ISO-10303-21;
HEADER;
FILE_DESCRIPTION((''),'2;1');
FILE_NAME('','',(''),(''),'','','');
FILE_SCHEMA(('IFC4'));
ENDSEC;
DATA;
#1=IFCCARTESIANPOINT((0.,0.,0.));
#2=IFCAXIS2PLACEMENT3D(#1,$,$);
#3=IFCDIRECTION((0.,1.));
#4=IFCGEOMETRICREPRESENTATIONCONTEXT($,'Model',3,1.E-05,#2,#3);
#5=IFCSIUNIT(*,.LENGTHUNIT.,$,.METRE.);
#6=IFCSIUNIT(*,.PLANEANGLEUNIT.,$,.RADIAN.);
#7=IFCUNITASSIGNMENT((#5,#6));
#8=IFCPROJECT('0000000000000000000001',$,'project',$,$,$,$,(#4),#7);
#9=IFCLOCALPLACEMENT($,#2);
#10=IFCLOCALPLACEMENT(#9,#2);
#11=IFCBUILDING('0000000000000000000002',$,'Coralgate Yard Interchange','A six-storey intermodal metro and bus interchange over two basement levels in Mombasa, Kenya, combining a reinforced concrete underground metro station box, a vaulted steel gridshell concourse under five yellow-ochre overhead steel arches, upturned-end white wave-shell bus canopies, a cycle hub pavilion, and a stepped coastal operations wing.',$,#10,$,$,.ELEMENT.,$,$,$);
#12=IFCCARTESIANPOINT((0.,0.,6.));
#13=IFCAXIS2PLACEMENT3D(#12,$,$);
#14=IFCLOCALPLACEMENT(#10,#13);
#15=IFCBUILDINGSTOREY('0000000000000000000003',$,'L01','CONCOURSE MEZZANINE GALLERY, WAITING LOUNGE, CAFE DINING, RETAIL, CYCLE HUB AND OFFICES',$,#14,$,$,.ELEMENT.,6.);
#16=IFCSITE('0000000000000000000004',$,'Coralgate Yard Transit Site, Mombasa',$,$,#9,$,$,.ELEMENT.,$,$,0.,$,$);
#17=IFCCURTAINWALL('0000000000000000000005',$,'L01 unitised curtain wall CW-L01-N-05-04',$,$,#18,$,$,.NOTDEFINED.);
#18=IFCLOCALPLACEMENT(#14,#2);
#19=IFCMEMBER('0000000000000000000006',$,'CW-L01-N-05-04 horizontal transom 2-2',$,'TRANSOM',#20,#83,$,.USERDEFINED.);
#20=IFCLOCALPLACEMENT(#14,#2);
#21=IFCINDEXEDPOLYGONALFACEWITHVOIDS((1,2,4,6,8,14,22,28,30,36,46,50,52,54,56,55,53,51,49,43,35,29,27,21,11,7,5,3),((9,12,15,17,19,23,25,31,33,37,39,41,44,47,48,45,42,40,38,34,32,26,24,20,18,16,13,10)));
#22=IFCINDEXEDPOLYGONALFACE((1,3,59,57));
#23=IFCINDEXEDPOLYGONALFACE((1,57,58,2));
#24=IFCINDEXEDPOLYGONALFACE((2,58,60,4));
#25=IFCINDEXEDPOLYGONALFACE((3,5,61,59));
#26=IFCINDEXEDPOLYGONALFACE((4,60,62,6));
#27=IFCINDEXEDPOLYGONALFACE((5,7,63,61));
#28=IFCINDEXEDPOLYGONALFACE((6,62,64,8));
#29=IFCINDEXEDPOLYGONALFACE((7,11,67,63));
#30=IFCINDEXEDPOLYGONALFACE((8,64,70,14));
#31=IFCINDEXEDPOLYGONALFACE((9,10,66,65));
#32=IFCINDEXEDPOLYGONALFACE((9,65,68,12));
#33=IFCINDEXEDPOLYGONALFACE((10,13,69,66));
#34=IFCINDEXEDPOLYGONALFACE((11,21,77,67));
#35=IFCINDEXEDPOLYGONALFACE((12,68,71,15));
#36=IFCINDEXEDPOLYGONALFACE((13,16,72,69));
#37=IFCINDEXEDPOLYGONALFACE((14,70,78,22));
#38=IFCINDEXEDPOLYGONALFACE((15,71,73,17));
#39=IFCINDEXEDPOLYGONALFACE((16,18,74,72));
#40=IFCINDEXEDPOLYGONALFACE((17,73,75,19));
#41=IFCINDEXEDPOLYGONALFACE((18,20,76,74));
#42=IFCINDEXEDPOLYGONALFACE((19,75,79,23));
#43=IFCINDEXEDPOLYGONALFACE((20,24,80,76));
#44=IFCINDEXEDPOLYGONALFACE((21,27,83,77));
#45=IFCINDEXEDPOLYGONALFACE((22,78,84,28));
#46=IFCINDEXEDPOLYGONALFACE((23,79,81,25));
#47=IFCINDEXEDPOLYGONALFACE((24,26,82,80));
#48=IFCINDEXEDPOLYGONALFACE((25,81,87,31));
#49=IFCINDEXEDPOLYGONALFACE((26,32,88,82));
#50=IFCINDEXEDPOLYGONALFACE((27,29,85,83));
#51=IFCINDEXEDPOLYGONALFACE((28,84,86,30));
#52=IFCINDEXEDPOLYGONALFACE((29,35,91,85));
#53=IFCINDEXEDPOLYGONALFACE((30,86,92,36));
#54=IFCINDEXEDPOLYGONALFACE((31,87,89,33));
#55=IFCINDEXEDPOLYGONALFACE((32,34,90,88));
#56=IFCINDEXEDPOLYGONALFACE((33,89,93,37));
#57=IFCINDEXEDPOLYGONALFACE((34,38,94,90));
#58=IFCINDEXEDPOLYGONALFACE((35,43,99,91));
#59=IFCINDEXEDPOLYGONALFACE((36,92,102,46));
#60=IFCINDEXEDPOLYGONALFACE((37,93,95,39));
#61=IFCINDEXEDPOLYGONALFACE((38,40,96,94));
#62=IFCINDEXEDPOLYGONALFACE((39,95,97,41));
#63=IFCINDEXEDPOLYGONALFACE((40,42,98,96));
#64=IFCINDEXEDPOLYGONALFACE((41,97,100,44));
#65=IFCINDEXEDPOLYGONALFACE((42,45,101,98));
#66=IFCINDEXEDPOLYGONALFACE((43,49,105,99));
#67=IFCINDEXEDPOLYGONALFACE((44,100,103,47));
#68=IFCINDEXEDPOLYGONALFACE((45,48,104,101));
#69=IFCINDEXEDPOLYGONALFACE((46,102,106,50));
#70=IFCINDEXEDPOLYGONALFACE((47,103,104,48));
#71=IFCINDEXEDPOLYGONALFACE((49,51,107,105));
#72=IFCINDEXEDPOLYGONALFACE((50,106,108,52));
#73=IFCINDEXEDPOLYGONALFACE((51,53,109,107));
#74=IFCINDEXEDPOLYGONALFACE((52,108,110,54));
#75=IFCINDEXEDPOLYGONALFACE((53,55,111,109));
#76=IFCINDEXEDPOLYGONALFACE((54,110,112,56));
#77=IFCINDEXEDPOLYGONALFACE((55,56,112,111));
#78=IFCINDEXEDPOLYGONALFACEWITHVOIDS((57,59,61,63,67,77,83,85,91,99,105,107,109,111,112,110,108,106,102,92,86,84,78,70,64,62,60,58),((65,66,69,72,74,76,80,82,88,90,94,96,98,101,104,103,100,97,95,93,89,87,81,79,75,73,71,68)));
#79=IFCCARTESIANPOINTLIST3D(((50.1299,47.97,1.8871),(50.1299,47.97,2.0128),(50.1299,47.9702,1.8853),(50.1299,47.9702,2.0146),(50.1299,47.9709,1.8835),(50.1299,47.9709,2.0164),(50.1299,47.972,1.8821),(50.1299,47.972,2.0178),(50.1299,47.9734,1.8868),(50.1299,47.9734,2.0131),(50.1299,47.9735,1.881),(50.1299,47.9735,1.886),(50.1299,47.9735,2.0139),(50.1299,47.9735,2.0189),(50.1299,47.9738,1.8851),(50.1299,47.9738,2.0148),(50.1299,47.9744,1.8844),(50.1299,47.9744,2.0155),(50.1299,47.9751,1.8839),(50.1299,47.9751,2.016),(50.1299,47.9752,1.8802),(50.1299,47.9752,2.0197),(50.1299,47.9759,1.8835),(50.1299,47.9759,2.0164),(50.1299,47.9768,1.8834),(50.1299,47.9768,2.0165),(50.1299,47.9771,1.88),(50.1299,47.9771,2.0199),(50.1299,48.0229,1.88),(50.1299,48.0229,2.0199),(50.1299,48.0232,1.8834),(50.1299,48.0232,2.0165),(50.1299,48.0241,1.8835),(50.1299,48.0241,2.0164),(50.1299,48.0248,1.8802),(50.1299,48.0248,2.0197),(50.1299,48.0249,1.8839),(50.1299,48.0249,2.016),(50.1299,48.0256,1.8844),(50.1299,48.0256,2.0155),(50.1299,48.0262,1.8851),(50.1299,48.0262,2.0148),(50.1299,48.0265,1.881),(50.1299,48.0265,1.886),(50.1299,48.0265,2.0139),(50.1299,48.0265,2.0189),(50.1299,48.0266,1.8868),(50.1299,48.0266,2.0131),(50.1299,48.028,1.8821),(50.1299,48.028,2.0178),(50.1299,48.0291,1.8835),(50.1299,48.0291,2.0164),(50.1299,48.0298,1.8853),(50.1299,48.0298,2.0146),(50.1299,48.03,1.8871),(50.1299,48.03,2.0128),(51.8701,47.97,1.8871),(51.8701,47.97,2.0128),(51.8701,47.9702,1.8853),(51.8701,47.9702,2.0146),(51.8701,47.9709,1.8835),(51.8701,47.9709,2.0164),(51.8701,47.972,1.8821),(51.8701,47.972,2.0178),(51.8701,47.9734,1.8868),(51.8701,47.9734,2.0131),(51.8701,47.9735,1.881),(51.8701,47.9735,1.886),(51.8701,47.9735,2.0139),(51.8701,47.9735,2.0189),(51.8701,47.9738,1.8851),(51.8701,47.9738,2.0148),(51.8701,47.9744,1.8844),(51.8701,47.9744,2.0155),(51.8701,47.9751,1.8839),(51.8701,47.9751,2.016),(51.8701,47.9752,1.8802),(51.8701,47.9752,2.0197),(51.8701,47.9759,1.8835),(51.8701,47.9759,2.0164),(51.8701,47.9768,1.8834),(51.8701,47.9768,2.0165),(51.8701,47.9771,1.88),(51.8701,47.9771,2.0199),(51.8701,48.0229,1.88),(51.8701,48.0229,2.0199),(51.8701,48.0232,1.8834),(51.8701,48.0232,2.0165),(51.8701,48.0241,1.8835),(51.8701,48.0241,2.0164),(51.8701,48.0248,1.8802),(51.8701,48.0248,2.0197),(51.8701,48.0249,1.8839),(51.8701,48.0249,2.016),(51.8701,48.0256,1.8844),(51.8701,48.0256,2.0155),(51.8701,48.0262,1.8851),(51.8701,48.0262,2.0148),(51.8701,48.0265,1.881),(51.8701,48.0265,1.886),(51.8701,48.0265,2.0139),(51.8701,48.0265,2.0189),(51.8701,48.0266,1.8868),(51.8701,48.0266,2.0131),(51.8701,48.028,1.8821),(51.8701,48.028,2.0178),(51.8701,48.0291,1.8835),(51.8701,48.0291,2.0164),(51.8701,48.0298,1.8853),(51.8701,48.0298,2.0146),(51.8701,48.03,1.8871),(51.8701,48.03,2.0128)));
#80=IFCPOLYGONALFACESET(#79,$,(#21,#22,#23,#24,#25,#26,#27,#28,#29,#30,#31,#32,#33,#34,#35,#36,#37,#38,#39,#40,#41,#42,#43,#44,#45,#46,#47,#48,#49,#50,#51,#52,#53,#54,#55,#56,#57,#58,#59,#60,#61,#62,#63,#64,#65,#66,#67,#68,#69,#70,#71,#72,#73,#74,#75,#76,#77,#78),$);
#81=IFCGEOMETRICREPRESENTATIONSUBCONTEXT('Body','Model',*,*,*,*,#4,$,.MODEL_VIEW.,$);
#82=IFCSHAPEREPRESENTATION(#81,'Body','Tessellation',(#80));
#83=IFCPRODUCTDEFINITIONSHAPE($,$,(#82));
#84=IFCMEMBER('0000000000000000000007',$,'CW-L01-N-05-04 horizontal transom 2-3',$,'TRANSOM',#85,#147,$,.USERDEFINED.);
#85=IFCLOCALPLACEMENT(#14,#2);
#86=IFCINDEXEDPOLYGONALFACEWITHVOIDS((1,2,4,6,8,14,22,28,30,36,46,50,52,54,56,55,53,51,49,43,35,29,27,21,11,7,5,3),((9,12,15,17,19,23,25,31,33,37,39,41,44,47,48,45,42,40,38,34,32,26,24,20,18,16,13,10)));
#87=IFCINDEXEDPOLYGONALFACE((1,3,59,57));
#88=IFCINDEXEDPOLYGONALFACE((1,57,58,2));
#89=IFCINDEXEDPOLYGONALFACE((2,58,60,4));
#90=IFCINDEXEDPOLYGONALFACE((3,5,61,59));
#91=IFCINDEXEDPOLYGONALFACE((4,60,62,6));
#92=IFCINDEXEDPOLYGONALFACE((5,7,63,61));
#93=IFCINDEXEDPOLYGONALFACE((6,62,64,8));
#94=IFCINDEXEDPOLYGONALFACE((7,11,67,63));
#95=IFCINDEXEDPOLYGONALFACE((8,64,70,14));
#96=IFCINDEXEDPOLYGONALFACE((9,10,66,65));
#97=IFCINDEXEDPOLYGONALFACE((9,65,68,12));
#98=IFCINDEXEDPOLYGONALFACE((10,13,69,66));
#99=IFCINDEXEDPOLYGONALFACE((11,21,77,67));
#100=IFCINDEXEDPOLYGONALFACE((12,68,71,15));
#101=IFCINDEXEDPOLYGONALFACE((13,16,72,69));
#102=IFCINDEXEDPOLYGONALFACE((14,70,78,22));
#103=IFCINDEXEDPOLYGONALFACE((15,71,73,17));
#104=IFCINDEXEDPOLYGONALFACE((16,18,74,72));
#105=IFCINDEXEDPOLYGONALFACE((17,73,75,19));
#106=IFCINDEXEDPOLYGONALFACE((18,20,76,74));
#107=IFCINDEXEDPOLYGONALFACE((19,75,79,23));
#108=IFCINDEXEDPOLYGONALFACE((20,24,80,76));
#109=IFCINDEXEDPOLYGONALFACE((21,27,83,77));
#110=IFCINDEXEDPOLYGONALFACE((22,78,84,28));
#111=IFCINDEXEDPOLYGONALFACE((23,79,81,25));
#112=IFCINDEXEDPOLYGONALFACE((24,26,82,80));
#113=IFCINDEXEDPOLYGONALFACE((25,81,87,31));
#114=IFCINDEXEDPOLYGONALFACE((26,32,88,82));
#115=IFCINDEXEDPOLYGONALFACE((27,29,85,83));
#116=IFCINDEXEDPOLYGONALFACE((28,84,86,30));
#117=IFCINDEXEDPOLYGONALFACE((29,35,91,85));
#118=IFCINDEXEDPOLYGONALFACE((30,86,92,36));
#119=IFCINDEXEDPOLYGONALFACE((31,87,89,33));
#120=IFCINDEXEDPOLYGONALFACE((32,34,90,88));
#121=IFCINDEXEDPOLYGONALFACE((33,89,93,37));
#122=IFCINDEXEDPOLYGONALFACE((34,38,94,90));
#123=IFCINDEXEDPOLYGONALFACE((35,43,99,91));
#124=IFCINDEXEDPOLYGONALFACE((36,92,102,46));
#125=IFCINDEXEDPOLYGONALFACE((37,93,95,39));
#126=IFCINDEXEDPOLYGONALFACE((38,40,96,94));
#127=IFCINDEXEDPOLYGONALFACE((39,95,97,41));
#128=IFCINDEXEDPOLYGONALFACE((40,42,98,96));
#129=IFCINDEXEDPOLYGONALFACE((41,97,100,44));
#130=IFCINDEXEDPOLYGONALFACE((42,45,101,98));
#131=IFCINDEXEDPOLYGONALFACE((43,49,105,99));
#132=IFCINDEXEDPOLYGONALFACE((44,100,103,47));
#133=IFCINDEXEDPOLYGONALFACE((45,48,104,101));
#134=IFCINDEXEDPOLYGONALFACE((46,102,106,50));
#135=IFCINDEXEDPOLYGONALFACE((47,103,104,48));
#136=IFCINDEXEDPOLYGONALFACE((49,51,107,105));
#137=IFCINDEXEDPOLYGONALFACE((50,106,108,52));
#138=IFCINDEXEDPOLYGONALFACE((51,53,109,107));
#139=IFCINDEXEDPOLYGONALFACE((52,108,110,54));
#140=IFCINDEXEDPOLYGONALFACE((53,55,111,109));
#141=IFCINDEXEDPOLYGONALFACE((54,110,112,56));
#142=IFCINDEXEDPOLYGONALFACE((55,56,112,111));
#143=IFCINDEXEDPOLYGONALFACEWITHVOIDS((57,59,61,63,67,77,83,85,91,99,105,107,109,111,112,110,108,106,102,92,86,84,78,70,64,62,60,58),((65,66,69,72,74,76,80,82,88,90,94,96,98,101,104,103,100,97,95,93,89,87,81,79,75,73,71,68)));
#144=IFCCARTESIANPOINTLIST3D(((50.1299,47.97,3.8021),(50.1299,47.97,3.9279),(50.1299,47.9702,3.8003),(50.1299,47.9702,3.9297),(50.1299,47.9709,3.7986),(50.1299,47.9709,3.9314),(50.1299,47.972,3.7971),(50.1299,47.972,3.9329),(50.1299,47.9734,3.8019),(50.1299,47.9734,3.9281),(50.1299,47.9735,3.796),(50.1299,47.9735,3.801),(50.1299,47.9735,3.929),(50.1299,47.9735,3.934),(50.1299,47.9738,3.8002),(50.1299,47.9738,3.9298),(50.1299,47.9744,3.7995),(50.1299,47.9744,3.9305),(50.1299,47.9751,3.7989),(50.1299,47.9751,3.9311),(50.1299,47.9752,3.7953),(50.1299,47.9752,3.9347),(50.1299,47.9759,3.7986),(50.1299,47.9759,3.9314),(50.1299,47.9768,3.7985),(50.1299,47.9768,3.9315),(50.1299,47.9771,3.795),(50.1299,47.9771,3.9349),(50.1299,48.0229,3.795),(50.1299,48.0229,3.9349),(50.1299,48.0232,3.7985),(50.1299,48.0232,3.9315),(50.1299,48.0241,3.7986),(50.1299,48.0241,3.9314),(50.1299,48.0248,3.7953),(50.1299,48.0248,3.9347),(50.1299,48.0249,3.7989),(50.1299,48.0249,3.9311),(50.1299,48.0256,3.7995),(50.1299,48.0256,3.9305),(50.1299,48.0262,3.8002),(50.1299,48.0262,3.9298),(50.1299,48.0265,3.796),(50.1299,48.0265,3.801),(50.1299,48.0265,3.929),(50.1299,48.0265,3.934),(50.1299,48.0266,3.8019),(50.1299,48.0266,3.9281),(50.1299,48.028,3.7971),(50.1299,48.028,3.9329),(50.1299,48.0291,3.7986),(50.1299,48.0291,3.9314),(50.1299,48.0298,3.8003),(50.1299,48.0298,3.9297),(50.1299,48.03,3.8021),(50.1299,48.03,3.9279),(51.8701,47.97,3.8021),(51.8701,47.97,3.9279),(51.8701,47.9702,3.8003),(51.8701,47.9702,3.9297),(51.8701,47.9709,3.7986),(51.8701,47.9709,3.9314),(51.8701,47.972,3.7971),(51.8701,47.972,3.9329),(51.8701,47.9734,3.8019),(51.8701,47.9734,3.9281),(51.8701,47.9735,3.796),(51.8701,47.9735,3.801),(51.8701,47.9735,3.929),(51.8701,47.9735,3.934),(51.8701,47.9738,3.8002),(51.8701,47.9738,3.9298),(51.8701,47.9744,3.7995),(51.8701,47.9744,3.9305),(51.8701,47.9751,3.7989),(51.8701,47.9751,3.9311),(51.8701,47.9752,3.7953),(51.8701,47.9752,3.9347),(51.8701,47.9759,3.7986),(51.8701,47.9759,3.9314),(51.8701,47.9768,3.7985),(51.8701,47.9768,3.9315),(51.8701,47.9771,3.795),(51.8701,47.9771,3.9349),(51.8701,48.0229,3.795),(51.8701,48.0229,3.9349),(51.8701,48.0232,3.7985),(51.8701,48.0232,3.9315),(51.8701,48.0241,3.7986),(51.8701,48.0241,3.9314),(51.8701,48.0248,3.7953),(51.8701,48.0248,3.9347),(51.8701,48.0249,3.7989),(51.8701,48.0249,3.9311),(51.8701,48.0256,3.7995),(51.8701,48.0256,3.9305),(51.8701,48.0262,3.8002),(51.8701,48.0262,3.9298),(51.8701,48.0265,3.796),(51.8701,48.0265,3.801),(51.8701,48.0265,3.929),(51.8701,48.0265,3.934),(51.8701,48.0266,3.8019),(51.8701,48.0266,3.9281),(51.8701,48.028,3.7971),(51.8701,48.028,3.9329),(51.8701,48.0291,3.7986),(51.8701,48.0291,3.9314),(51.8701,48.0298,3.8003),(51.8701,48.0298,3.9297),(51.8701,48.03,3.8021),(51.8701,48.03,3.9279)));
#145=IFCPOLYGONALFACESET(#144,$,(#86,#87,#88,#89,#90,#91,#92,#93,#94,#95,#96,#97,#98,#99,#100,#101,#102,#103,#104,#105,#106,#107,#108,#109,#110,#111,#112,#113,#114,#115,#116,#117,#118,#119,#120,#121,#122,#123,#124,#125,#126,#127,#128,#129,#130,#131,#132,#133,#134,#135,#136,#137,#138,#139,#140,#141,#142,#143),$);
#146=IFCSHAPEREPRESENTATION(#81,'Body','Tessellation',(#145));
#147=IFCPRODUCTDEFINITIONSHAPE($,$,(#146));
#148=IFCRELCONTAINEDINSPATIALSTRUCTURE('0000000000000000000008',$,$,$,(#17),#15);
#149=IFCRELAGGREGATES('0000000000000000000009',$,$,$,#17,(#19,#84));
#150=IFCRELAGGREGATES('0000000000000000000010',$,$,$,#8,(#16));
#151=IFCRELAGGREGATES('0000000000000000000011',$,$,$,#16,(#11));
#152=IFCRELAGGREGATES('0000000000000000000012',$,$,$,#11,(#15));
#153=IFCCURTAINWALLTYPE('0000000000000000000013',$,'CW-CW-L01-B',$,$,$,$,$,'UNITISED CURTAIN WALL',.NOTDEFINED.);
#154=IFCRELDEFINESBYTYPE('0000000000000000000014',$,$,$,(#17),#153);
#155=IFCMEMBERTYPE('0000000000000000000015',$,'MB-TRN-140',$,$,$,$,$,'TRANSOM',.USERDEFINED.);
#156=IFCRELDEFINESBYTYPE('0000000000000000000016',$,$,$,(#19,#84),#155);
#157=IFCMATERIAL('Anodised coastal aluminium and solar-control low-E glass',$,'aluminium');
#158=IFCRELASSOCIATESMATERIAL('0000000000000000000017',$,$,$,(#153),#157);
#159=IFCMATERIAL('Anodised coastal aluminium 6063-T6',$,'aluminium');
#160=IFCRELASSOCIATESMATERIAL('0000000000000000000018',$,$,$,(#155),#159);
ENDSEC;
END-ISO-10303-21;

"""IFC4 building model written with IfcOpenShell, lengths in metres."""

from ifc_helpers import new_model, si_unit, direction, frame, origin, origin_2d, place, context, subcontext, project, spatial, hollow_rectangle, extrude, material, material_profile, profile_set, type_object, element, aggregate, save


model = new_model("IFC4")

# Units and contexts
model_context = context("Model", 3, precision=1e-05, world=origin(), true_north=direction((0.0, 1.0)))
body_context = subcontext(model_context, "Body", "Model", "MODEL_VIEW")
ifc_project = project(units=[si_unit("LENGTHUNIT", "METRE"), si_unit("PLANEANGLEUNIT", "RADIAN")], contexts=[model_context])

# Site, building, storey
site_placement = place(None, origin())
site = spatial("IfcSite", under=ifc_project, at=site_placement, Name="Coralgate Yard Transit Site, Mombasa", CompositionType="ELEMENT", RefElevation=0.0)
building_placement = place(site_placement, origin())
building = spatial("IfcBuilding", under=site, at=building_placement, Name="Coralgate Yard Interchange", Description="A six-storey intermodal metro and bus interchange over two basement levels in Mombasa, Kenya, combining a reinforced concrete underground metro station box, a vaulted steel gridshell concourse under five yellow-ochre overhead steel arches, upturned-end white wave-shell bus canopies, a cycle hub pavilion, and a stepped coastal operations wing.", CompositionType="ELEMENT")
storey_placement = place(building_placement, frame((0.0, 0.0, 6.0)))
storey = spatial("IfcBuildingStorey", under=building, at=storey_placement, Name="L01", Description="CONCOURSE MEZZANINE GALLERY, WAITING LOUNGE, CAFE DINING, RETAIL, CYCLE HUB AND OFFICES", CompositionType="ELEMENT", Elevation=6.0)

# Curtain wall, members
ifc_material_1 = material(Name="Anodised coastal aluminium and solar-control low-E glass", Category="aluminium")
curtain_wall_type = type_object("IfcCurtainWallType", Name="CW-CW-L01-B", ElementType="UNITISED CURTAIN WALL", PredefinedType="NOTDEFINED", material=ifc_material_1)
curtain_wall_placement = place(storey_placement, origin())
curtain_wall = element("IfcCurtainWall", 1, at=curtain_wall_placement, inside=storey, type_object=curtain_wall_type, Name="L01 unitised curtain wall CW-L01-N-05-04", PredefinedType="NOTDEFINED")
ifc_material_2 = material(Name="Anodised coastal aluminium 6063-T6", Category="aluminium")
ifc_material_profile_1 = material_profile(ifc_material_2, hollow_rectangle(XDim=0.0601, YDim=0.1399, WallThickness=0.0034, InnerFilletRadius=0.0034, OuterFilletRadius=0.0071, at=origin_2d()), Name="ALU 60x140x3.5")
ifc_profile_set_1 = profile_set([ifc_material_profile_1], Name="Anodised coastal aluminium 6063-T6")
member_type_1 = type_object("IfcMemberType", Name="MB-TRN-140", ElementType="TRANSOM", PredefinedType="USERDEFINED", material=ifc_profile_set_1)
member_1_placement = place(storey_placement, frame((50.1299, 48.0, 1.95), z_axis=(1.0, 0.0, 0.0), x_axis=(0.0, 1.0, 0.0)))
member_1 = element("IfcMember", 2, at=member_1_placement, type_object=member_type_1, Name="CW-L01-N-05-04 horizontal transom 2-2", ObjectType="TRANSOM", PredefinedType="USERDEFINED", context=body_context, shape_type="SweptSolid", body=[
    extrude(hollow_rectangle(XDim=0.0601, YDim=0.1399, WallThickness=0.0034, InnerFilletRadius=0.0034, OuterFilletRadius=0.0071, at=origin_2d()), origin(), (0.0, 0.0, 1.0), 1.7402),
])
member_2_placement = place(storey_placement, frame((50.1299, 48.0, 3.865), z_axis=(1.0, 0.0, 0.0), x_axis=(0.0, 1.0, 0.0)))
member_2 = element("IfcMember", 3, at=member_2_placement, type_object=member_type_1, Name="CW-L01-N-05-04 horizontal transom 2-3", ObjectType="TRANSOM", PredefinedType="USERDEFINED", context=body_context, shape_type="SweptSolid", body=[
    extrude(hollow_rectangle(XDim=0.0601, YDim=0.1399, WallThickness=0.0034, InnerFilletRadius=0.0034, OuterFilletRadius=0.0071, at=origin_2d()), origin(), (0.0, 0.0, 1.0), 1.7402),
])
aggregate(curtain_wall, [member_1, member_2])

save(model, "model.ifc")
